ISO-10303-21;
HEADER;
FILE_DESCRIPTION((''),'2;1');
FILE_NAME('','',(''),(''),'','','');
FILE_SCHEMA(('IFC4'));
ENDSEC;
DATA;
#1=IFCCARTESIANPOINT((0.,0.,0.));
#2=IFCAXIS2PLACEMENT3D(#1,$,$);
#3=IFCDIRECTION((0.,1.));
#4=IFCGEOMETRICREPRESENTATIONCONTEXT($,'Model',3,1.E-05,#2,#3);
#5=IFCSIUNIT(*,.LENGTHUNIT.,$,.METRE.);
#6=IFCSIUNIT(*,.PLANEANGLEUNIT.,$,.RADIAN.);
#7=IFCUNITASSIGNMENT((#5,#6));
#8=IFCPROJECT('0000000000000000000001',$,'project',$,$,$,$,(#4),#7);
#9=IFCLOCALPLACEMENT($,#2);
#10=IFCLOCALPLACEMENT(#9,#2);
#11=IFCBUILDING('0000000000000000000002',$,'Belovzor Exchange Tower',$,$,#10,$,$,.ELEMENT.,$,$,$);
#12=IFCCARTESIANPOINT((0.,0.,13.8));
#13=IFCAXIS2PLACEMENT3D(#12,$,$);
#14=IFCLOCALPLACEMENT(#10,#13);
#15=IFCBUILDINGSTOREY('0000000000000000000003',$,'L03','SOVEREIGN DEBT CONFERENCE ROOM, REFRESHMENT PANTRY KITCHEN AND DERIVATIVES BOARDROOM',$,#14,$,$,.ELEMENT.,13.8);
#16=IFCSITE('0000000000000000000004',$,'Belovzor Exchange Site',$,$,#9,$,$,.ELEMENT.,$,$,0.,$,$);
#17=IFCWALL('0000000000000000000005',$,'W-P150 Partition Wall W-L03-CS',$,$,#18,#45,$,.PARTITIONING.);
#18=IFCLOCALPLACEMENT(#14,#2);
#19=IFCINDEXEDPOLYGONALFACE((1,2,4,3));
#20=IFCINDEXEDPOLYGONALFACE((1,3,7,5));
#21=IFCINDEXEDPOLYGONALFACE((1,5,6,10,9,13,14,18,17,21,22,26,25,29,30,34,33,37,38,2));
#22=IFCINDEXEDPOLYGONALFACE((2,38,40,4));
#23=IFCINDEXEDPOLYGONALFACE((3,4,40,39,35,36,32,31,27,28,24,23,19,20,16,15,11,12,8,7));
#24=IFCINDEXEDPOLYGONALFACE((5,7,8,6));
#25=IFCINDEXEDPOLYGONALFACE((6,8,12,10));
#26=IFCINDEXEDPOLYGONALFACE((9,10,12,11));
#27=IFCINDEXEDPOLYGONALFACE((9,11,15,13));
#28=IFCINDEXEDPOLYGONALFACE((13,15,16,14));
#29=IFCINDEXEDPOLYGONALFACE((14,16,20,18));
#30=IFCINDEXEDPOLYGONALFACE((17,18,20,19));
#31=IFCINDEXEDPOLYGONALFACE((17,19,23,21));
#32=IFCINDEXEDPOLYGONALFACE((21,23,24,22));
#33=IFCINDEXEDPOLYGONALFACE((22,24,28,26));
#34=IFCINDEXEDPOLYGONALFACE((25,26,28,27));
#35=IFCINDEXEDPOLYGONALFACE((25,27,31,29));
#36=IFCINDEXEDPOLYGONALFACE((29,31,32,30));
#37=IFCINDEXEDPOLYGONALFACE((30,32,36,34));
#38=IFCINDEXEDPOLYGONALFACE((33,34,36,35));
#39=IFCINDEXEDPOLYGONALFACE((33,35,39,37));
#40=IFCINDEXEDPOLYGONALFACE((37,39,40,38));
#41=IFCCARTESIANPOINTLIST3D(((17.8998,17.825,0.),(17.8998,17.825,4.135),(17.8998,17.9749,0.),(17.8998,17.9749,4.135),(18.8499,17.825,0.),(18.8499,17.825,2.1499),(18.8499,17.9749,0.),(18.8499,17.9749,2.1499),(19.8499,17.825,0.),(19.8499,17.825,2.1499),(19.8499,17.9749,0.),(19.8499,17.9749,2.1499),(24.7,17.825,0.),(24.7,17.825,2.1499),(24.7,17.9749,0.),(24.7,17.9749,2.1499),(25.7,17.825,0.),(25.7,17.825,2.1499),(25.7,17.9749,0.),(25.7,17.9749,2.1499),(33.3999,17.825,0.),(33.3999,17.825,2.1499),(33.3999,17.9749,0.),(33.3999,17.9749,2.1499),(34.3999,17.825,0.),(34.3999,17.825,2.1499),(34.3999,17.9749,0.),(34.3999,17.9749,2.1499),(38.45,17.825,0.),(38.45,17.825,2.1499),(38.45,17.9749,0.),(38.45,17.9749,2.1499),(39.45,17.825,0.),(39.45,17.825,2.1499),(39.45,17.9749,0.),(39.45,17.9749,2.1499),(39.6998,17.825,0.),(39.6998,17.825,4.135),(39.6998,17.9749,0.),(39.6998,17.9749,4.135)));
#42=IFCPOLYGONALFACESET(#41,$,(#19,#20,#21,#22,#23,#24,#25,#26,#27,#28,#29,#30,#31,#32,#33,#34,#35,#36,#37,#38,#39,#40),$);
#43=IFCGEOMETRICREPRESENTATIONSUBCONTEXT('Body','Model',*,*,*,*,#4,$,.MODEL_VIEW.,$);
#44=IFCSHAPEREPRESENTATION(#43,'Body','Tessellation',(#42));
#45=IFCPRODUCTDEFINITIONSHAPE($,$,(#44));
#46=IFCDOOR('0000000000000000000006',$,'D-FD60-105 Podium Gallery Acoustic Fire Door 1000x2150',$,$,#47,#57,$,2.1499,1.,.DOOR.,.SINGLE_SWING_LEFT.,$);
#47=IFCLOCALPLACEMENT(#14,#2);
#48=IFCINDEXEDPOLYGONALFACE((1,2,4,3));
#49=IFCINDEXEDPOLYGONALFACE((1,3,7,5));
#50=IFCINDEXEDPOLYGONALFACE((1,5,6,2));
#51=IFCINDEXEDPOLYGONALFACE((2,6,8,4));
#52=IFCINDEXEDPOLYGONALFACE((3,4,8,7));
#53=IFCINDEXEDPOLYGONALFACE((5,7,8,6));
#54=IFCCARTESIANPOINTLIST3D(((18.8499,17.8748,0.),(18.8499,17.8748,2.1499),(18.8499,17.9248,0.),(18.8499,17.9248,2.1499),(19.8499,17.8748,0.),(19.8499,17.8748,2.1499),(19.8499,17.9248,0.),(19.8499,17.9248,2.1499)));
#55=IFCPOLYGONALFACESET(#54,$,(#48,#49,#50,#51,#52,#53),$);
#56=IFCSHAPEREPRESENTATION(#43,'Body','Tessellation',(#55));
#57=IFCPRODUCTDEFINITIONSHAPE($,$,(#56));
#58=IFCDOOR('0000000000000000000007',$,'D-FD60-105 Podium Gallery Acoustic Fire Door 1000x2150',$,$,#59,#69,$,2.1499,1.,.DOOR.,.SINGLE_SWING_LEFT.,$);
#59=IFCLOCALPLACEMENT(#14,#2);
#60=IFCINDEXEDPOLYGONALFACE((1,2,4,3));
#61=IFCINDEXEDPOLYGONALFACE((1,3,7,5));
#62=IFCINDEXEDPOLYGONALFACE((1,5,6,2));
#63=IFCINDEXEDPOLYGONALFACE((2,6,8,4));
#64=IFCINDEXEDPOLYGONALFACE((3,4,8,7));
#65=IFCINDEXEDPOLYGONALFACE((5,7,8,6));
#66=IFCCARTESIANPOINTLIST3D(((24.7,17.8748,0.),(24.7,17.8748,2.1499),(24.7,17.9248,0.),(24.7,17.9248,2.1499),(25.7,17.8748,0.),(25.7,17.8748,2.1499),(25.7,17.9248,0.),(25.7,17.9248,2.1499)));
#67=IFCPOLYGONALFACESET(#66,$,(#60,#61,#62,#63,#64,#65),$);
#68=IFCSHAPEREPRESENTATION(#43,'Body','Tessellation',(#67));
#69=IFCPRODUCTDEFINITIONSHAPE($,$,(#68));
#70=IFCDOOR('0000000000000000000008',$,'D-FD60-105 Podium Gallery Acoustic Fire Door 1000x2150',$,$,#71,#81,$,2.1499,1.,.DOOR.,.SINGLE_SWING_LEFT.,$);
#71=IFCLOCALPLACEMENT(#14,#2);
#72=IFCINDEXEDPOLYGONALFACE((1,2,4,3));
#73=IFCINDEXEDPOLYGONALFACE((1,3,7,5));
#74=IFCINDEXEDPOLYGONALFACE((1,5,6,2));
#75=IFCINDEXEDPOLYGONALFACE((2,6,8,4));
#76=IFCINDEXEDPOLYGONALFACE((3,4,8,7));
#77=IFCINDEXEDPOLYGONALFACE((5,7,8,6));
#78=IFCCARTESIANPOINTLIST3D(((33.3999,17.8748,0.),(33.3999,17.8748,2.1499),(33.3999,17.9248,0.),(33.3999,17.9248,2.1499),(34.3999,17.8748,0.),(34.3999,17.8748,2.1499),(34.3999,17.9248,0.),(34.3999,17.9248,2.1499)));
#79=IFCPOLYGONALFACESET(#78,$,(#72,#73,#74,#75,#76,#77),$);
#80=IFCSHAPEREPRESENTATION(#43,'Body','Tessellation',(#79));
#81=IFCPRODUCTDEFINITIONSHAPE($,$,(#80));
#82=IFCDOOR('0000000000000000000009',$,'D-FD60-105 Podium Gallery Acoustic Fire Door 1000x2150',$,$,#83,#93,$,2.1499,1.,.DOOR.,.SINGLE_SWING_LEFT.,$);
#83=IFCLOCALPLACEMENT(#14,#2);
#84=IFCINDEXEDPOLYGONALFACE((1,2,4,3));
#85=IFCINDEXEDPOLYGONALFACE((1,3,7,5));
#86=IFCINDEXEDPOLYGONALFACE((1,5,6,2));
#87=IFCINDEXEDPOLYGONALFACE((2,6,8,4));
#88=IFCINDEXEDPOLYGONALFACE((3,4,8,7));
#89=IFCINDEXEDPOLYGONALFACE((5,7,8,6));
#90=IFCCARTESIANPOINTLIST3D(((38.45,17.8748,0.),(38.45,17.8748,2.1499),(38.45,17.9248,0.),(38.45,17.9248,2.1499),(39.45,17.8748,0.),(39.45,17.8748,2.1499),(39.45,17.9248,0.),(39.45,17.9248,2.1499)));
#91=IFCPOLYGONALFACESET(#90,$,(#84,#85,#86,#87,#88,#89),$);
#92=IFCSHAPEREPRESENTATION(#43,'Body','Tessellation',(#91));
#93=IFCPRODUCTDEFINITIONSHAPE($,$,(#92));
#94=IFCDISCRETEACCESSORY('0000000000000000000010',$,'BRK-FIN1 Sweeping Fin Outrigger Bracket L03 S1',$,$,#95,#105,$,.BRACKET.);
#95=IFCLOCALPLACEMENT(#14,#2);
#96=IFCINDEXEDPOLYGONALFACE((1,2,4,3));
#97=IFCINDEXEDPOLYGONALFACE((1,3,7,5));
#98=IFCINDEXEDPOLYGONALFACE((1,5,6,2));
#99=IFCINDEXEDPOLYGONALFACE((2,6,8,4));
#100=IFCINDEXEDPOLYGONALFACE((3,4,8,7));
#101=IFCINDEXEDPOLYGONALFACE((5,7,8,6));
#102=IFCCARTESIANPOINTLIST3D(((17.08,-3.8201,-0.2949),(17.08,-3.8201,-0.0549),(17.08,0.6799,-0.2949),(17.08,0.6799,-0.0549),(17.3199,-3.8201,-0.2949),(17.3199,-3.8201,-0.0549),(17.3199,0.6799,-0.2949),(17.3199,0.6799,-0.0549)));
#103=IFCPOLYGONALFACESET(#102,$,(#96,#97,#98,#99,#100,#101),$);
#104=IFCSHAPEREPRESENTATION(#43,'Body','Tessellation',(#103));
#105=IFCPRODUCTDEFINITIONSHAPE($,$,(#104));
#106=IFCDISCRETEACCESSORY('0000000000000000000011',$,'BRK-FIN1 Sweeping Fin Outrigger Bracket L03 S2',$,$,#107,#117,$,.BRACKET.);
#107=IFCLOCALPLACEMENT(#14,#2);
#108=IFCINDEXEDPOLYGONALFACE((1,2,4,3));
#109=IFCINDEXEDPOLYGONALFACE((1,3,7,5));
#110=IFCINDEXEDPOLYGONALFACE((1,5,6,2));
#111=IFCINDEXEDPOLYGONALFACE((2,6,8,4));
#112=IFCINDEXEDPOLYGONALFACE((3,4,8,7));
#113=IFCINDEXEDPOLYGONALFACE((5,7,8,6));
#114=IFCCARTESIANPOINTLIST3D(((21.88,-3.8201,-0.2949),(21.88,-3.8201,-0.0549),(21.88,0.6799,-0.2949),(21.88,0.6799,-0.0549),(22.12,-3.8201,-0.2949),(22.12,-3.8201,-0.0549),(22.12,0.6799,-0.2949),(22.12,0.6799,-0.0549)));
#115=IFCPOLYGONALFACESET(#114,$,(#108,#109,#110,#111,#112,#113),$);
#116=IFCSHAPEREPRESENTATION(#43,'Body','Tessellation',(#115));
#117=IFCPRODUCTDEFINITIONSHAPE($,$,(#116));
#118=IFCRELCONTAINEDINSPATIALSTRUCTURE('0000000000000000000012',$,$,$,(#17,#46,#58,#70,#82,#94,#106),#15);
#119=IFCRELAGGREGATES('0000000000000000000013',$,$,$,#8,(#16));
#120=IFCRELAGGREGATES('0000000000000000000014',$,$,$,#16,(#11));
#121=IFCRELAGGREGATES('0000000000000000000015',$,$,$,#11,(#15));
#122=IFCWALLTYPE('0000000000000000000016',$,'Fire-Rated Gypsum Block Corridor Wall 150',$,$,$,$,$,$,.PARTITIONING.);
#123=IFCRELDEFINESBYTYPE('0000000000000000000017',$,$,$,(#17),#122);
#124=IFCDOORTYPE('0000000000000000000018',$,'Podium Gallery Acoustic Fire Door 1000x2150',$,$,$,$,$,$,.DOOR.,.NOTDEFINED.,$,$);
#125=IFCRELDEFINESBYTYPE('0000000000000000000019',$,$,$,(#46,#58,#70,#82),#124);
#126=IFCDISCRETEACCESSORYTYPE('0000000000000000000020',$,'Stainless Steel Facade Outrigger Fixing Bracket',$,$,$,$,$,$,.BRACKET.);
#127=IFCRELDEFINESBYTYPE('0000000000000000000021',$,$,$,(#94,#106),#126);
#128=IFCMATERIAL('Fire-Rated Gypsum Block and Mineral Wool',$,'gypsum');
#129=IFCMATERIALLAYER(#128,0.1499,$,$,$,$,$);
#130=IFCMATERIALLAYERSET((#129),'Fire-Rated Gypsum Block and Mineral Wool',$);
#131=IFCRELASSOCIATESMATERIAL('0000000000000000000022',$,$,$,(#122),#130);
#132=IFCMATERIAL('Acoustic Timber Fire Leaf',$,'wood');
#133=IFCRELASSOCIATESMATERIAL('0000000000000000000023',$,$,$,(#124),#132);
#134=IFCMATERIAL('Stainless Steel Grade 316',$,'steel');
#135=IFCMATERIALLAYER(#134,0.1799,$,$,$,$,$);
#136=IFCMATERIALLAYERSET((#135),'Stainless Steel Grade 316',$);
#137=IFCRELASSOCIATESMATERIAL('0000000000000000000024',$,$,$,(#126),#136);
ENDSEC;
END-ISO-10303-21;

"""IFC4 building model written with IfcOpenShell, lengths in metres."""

from ifc_helpers import new_model, si_unit, direction, frame, frame_2d, origin, origin_2d, place, context, subcontext, project, spatial, rectangle, extrude, material, layer, layer_set, type_object, element, fill, save


model = new_model("IFC4")

# Units and contexts
model_context = context("Model", 3, precision=1e-05, world=origin(), true_north=direction((0.0, 1.0)))
body_context = subcontext(model_context, "Body", "Model", "MODEL_VIEW")
ifc_project = project(units=[si_unit("LENGTHUNIT", "METRE"), si_unit("PLANEANGLEUNIT", "RADIAN")], contexts=[model_context])

# Site, building, storey
site_placement = place(None, origin())
site = spatial("IfcSite", under=ifc_project, at=site_placement, Name="Belovzor Exchange Site", CompositionType="ELEMENT", RefElevation=0.0)
building_placement = place(site_placement, origin())
building = spatial("IfcBuilding", under=site, at=building_placement, Name="Belovzor Exchange Tower", CompositionType="ELEMENT")
storey_placement = place(building_placement, frame((0.0, 0.0, 13.8)))
storey = spatial("IfcBuildingStorey", under=building, at=storey_placement, Name="L03", Description="SOVEREIGN DEBT CONFERENCE ROOM, REFRESHMENT PANTRY KITCHEN AND DERIVATIVES BOARDROOM", CompositionType="ELEMENT", Elevation=13.8)

# Wall, openings, doors
ifc_material_1 = material(Name="Fire-Rated Gypsum Block and Mineral Wool", Category="gypsum")
ifc_layer_1 = layer(ifc_material_1, 0.1499)
ifc_layer_set_1 = layer_set([ifc_layer_1], Name="Fire-Rated Gypsum Block and Mineral Wool")
wall_type_1 = type_object("IfcWallType", Name="Fire-Rated Gypsum Block Corridor Wall 150", PredefinedType="PARTITIONING", material=ifc_layer_set_1)
wall_1_placement = place(storey_placement, frame((17.8999, 17.8999, 0.0), z_axis=(0.0, 0.0, 1.0), x_axis=(1.0, 0.0, 0.0)))
wall_1 = element("IfcWall", 1, at=wall_1_placement, inside=storey, type_object=wall_type_1, Name="W-P150 Partition Wall W-L03-CS", PredefinedType="PARTITIONING", context=body_context, shape_type="SweptSolid", body=[
    extrude(rectangle(XDim=21.8, YDim=0.1499, at=frame_2d((10.8999, 0.0))), origin(), (0.0, 0.0, 1.0), 4.135),
])
opening_1_placement = place(wall_1_placement, frame((0.95, 0.0, 0.0)))
opening_1 = element("IfcOpeningElement", 2, at=opening_1_placement, cuts=wall_1, PredefinedType="OPENING", context=body_context, shape_type="SweptSolid", body=[
    extrude(rectangle(XDim=1.0, YDim=2.1499, at=frame_2d((0.5, 1.075))), frame((0.0, 0.085, 0.0), z_axis=(0.0, -1.0, 0.0), x_axis=(1.0, 0.0, 0.0)), (0.0, 0.0, 1.0), 0.1699),
])
opening_2_placement = place(wall_1_placement, frame((6.8, 0.0, 0.0)))
opening_2 = element("IfcOpeningElement", 3, at=opening_2_placement, cuts=wall_1, PredefinedType="OPENING", context=body_context, shape_type="SweptSolid", body=[
    extrude(rectangle(XDim=1.0, YDim=2.1499, at=frame_2d((0.5, 1.075))), frame((0.0, 0.085, 0.0), z_axis=(0.0, -1.0, 0.0), x_axis=(1.0, 0.0, 0.0)), (0.0, 0.0, 1.0), 0.1699),
])
opening_3_placement = place(wall_1_placement, frame((15.5, 0.0, 0.0)))
opening_3 = element("IfcOpeningElement", 4, at=opening_3_placement, cuts=wall_1, PredefinedType="OPENING", context=body_context, shape_type="SweptSolid", body=[
    extrude(rectangle(XDim=1.0, YDim=2.1499, at=frame_2d((0.5, 1.075))), frame((0.0, 0.085, 0.0), z_axis=(0.0, -1.0, 0.0), x_axis=(1.0, 0.0, 0.0)), (0.0, 0.0, 1.0), 0.1699),
])
opening_4_placement = place(wall_1_placement, frame((20.55, 0.0, 0.0)))
opening_4 = element("IfcOpeningElement", 5, at=opening_4_placement, cuts=wall_1, PredefinedType="OPENING", context=body_context, shape_type="SweptSolid", body=[
    extrude(rectangle(XDim=1.0, YDim=2.1499, at=frame_2d((0.5, 1.075))), frame((0.0, 0.085, 0.0), z_axis=(0.0, -1.0, 0.0), x_axis=(1.0, 0.0, 0.0)), (0.0, 0.0, 1.0), 0.1699),
])
ifc_material_2 = material(Name="Acoustic Timber Fire Leaf", Category="wood")
door_type = type_object("IfcDoorType", Name="Podium Gallery Acoustic Fire Door 1000x2150", OperationType="NOTDEFINED", PredefinedType="DOOR", material=ifc_material_2)
door_1_placement = place(opening_1_placement, origin())
door_1 = element("IfcDoor", 6, at=door_1_placement, inside=storey, type_object=door_type, Name="D-FD60-105 Podium Gallery Acoustic Fire Door 1000x2150", OperationType="SINGLE_SWING_LEFT", OverallHeight=2.1499, OverallWidth=1.0, PredefinedType="DOOR", context=body_context, shape_type="SweptSolid", body=[
    extrude(rectangle(XDim=1.0, YDim=2.1499, at=frame_2d((0.5, 1.075))), frame((0.0, 0.0249, 0.0), z_axis=(0.0, -1.0, 0.0), x_axis=(1.0, 0.0, 0.0)), (0.0, 0.0, 1.0), 0.05),
])
fill(opening_1, door_1)
door_2_placement = place(opening_2_placement, origin())
door_2 = element("IfcDoor", 7, at=door_2_placement, inside=storey, type_object=door_type, Name="D-FD60-105 Podium Gallery Acoustic Fire Door 1000x2150", OperationType="SINGLE_SWING_LEFT", OverallHeight=2.1499, OverallWidth=1.0, PredefinedType="DOOR", context=body_context, shape_type="SweptSolid", body=[
    extrude(rectangle(XDim=1.0, YDim=2.1499, at=frame_2d((0.5, 1.075))), frame((0.0, 0.0249, 0.0), z_axis=(0.0, -1.0, 0.0), x_axis=(1.0, 0.0, 0.0)), (0.0, 0.0, 1.0), 0.05),
])
fill(opening_2, door_2)
door_3_placement = place(opening_3_placement, origin())
door_3 = element("IfcDoor", 8, at=door_3_placement, inside=storey, type_object=door_type, Name="D-FD60-105 Podium Gallery Acoustic Fire Door 1000x2150", OperationType="SINGLE_SWING_LEFT", OverallHeight=2.1499, OverallWidth=1.0, PredefinedType="DOOR", context=body_context, shape_type="SweptSolid", body=[
    extrude(rectangle(XDim=1.0, YDim=2.1499, at=frame_2d((0.5, 1.075))), frame((0.0, 0.0249, 0.0), z_axis=(0.0, -1.0, 0.0), x_axis=(1.0, 0.0, 0.0)), (0.0, 0.0, 1.0), 0.05),
])
fill(opening_3, door_3)
door_4_placement = place(opening_4_placement, origin())
door_4 = element("IfcDoor", 9, at=door_4_placement, inside=storey, type_object=door_type, Name="D-FD60-105 Podium Gallery Acoustic Fire Door 1000x2150", OperationType="SINGLE_SWING_LEFT", OverallHeight=2.1499, OverallWidth=1.0, PredefinedType="DOOR", context=body_context, shape_type="SweptSolid", body=[
    extrude(rectangle(XDim=1.0, YDim=2.1499, at=frame_2d((0.5, 1.075))), frame((0.0, 0.0249, 0.0), z_axis=(0.0, -1.0, 0.0), x_axis=(1.0, 0.0, 0.0)), (0.0, 0.0, 1.0), 0.05),
])
fill(opening_4, door_4)

# Discrete accessories
ifc_material_3 = material(Name="Stainless Steel Grade 316", Category="steel")
ifc_layer_2 = layer(ifc_material_3, 0.1799)
ifc_layer_set_2 = layer_set([ifc_layer_2], Name="Stainless Steel Grade 316")
discrete_accessory_type = type_object("IfcDiscreteAccessoryType", Name="Stainless Steel Facade Outrigger Fixing Bracket", PredefinedType="BRACKET", material=ifc_layer_set_2)
for number, where, z_axis, x_axis, name in (
    (10, (17.2, -1.5701, -0.2949), (0.0, 0.0, 1.0), (0.0, 1.0, 0.0), "BRK-FIN1 Sweeping Fin Outrigger Bracket L03 S1"),
    (11, (22.0, -1.5701, -0.2949), (0.0, 0.0, 1.0), (0.0, 1.0, 0.0), "BRK-FIN1 Sweeping Fin Outrigger Bracket L03 S2"),
):
    element("IfcDiscreteAccessory", number, at=place(storey_placement, frame(where, z_axis=z_axis, x_axis=x_axis)), inside=storey, type_object=discrete_accessory_type, Name=name, PredefinedType="BRACKET", context=body_context, shape_type="SweptSolid", body=[
        extrude(rectangle(XDim=4.5, YDim=0.24, at=origin_2d()), origin(), (0.0, 0.0, 1.0), 0.24),
    ])

save(model, "model.ifc")
